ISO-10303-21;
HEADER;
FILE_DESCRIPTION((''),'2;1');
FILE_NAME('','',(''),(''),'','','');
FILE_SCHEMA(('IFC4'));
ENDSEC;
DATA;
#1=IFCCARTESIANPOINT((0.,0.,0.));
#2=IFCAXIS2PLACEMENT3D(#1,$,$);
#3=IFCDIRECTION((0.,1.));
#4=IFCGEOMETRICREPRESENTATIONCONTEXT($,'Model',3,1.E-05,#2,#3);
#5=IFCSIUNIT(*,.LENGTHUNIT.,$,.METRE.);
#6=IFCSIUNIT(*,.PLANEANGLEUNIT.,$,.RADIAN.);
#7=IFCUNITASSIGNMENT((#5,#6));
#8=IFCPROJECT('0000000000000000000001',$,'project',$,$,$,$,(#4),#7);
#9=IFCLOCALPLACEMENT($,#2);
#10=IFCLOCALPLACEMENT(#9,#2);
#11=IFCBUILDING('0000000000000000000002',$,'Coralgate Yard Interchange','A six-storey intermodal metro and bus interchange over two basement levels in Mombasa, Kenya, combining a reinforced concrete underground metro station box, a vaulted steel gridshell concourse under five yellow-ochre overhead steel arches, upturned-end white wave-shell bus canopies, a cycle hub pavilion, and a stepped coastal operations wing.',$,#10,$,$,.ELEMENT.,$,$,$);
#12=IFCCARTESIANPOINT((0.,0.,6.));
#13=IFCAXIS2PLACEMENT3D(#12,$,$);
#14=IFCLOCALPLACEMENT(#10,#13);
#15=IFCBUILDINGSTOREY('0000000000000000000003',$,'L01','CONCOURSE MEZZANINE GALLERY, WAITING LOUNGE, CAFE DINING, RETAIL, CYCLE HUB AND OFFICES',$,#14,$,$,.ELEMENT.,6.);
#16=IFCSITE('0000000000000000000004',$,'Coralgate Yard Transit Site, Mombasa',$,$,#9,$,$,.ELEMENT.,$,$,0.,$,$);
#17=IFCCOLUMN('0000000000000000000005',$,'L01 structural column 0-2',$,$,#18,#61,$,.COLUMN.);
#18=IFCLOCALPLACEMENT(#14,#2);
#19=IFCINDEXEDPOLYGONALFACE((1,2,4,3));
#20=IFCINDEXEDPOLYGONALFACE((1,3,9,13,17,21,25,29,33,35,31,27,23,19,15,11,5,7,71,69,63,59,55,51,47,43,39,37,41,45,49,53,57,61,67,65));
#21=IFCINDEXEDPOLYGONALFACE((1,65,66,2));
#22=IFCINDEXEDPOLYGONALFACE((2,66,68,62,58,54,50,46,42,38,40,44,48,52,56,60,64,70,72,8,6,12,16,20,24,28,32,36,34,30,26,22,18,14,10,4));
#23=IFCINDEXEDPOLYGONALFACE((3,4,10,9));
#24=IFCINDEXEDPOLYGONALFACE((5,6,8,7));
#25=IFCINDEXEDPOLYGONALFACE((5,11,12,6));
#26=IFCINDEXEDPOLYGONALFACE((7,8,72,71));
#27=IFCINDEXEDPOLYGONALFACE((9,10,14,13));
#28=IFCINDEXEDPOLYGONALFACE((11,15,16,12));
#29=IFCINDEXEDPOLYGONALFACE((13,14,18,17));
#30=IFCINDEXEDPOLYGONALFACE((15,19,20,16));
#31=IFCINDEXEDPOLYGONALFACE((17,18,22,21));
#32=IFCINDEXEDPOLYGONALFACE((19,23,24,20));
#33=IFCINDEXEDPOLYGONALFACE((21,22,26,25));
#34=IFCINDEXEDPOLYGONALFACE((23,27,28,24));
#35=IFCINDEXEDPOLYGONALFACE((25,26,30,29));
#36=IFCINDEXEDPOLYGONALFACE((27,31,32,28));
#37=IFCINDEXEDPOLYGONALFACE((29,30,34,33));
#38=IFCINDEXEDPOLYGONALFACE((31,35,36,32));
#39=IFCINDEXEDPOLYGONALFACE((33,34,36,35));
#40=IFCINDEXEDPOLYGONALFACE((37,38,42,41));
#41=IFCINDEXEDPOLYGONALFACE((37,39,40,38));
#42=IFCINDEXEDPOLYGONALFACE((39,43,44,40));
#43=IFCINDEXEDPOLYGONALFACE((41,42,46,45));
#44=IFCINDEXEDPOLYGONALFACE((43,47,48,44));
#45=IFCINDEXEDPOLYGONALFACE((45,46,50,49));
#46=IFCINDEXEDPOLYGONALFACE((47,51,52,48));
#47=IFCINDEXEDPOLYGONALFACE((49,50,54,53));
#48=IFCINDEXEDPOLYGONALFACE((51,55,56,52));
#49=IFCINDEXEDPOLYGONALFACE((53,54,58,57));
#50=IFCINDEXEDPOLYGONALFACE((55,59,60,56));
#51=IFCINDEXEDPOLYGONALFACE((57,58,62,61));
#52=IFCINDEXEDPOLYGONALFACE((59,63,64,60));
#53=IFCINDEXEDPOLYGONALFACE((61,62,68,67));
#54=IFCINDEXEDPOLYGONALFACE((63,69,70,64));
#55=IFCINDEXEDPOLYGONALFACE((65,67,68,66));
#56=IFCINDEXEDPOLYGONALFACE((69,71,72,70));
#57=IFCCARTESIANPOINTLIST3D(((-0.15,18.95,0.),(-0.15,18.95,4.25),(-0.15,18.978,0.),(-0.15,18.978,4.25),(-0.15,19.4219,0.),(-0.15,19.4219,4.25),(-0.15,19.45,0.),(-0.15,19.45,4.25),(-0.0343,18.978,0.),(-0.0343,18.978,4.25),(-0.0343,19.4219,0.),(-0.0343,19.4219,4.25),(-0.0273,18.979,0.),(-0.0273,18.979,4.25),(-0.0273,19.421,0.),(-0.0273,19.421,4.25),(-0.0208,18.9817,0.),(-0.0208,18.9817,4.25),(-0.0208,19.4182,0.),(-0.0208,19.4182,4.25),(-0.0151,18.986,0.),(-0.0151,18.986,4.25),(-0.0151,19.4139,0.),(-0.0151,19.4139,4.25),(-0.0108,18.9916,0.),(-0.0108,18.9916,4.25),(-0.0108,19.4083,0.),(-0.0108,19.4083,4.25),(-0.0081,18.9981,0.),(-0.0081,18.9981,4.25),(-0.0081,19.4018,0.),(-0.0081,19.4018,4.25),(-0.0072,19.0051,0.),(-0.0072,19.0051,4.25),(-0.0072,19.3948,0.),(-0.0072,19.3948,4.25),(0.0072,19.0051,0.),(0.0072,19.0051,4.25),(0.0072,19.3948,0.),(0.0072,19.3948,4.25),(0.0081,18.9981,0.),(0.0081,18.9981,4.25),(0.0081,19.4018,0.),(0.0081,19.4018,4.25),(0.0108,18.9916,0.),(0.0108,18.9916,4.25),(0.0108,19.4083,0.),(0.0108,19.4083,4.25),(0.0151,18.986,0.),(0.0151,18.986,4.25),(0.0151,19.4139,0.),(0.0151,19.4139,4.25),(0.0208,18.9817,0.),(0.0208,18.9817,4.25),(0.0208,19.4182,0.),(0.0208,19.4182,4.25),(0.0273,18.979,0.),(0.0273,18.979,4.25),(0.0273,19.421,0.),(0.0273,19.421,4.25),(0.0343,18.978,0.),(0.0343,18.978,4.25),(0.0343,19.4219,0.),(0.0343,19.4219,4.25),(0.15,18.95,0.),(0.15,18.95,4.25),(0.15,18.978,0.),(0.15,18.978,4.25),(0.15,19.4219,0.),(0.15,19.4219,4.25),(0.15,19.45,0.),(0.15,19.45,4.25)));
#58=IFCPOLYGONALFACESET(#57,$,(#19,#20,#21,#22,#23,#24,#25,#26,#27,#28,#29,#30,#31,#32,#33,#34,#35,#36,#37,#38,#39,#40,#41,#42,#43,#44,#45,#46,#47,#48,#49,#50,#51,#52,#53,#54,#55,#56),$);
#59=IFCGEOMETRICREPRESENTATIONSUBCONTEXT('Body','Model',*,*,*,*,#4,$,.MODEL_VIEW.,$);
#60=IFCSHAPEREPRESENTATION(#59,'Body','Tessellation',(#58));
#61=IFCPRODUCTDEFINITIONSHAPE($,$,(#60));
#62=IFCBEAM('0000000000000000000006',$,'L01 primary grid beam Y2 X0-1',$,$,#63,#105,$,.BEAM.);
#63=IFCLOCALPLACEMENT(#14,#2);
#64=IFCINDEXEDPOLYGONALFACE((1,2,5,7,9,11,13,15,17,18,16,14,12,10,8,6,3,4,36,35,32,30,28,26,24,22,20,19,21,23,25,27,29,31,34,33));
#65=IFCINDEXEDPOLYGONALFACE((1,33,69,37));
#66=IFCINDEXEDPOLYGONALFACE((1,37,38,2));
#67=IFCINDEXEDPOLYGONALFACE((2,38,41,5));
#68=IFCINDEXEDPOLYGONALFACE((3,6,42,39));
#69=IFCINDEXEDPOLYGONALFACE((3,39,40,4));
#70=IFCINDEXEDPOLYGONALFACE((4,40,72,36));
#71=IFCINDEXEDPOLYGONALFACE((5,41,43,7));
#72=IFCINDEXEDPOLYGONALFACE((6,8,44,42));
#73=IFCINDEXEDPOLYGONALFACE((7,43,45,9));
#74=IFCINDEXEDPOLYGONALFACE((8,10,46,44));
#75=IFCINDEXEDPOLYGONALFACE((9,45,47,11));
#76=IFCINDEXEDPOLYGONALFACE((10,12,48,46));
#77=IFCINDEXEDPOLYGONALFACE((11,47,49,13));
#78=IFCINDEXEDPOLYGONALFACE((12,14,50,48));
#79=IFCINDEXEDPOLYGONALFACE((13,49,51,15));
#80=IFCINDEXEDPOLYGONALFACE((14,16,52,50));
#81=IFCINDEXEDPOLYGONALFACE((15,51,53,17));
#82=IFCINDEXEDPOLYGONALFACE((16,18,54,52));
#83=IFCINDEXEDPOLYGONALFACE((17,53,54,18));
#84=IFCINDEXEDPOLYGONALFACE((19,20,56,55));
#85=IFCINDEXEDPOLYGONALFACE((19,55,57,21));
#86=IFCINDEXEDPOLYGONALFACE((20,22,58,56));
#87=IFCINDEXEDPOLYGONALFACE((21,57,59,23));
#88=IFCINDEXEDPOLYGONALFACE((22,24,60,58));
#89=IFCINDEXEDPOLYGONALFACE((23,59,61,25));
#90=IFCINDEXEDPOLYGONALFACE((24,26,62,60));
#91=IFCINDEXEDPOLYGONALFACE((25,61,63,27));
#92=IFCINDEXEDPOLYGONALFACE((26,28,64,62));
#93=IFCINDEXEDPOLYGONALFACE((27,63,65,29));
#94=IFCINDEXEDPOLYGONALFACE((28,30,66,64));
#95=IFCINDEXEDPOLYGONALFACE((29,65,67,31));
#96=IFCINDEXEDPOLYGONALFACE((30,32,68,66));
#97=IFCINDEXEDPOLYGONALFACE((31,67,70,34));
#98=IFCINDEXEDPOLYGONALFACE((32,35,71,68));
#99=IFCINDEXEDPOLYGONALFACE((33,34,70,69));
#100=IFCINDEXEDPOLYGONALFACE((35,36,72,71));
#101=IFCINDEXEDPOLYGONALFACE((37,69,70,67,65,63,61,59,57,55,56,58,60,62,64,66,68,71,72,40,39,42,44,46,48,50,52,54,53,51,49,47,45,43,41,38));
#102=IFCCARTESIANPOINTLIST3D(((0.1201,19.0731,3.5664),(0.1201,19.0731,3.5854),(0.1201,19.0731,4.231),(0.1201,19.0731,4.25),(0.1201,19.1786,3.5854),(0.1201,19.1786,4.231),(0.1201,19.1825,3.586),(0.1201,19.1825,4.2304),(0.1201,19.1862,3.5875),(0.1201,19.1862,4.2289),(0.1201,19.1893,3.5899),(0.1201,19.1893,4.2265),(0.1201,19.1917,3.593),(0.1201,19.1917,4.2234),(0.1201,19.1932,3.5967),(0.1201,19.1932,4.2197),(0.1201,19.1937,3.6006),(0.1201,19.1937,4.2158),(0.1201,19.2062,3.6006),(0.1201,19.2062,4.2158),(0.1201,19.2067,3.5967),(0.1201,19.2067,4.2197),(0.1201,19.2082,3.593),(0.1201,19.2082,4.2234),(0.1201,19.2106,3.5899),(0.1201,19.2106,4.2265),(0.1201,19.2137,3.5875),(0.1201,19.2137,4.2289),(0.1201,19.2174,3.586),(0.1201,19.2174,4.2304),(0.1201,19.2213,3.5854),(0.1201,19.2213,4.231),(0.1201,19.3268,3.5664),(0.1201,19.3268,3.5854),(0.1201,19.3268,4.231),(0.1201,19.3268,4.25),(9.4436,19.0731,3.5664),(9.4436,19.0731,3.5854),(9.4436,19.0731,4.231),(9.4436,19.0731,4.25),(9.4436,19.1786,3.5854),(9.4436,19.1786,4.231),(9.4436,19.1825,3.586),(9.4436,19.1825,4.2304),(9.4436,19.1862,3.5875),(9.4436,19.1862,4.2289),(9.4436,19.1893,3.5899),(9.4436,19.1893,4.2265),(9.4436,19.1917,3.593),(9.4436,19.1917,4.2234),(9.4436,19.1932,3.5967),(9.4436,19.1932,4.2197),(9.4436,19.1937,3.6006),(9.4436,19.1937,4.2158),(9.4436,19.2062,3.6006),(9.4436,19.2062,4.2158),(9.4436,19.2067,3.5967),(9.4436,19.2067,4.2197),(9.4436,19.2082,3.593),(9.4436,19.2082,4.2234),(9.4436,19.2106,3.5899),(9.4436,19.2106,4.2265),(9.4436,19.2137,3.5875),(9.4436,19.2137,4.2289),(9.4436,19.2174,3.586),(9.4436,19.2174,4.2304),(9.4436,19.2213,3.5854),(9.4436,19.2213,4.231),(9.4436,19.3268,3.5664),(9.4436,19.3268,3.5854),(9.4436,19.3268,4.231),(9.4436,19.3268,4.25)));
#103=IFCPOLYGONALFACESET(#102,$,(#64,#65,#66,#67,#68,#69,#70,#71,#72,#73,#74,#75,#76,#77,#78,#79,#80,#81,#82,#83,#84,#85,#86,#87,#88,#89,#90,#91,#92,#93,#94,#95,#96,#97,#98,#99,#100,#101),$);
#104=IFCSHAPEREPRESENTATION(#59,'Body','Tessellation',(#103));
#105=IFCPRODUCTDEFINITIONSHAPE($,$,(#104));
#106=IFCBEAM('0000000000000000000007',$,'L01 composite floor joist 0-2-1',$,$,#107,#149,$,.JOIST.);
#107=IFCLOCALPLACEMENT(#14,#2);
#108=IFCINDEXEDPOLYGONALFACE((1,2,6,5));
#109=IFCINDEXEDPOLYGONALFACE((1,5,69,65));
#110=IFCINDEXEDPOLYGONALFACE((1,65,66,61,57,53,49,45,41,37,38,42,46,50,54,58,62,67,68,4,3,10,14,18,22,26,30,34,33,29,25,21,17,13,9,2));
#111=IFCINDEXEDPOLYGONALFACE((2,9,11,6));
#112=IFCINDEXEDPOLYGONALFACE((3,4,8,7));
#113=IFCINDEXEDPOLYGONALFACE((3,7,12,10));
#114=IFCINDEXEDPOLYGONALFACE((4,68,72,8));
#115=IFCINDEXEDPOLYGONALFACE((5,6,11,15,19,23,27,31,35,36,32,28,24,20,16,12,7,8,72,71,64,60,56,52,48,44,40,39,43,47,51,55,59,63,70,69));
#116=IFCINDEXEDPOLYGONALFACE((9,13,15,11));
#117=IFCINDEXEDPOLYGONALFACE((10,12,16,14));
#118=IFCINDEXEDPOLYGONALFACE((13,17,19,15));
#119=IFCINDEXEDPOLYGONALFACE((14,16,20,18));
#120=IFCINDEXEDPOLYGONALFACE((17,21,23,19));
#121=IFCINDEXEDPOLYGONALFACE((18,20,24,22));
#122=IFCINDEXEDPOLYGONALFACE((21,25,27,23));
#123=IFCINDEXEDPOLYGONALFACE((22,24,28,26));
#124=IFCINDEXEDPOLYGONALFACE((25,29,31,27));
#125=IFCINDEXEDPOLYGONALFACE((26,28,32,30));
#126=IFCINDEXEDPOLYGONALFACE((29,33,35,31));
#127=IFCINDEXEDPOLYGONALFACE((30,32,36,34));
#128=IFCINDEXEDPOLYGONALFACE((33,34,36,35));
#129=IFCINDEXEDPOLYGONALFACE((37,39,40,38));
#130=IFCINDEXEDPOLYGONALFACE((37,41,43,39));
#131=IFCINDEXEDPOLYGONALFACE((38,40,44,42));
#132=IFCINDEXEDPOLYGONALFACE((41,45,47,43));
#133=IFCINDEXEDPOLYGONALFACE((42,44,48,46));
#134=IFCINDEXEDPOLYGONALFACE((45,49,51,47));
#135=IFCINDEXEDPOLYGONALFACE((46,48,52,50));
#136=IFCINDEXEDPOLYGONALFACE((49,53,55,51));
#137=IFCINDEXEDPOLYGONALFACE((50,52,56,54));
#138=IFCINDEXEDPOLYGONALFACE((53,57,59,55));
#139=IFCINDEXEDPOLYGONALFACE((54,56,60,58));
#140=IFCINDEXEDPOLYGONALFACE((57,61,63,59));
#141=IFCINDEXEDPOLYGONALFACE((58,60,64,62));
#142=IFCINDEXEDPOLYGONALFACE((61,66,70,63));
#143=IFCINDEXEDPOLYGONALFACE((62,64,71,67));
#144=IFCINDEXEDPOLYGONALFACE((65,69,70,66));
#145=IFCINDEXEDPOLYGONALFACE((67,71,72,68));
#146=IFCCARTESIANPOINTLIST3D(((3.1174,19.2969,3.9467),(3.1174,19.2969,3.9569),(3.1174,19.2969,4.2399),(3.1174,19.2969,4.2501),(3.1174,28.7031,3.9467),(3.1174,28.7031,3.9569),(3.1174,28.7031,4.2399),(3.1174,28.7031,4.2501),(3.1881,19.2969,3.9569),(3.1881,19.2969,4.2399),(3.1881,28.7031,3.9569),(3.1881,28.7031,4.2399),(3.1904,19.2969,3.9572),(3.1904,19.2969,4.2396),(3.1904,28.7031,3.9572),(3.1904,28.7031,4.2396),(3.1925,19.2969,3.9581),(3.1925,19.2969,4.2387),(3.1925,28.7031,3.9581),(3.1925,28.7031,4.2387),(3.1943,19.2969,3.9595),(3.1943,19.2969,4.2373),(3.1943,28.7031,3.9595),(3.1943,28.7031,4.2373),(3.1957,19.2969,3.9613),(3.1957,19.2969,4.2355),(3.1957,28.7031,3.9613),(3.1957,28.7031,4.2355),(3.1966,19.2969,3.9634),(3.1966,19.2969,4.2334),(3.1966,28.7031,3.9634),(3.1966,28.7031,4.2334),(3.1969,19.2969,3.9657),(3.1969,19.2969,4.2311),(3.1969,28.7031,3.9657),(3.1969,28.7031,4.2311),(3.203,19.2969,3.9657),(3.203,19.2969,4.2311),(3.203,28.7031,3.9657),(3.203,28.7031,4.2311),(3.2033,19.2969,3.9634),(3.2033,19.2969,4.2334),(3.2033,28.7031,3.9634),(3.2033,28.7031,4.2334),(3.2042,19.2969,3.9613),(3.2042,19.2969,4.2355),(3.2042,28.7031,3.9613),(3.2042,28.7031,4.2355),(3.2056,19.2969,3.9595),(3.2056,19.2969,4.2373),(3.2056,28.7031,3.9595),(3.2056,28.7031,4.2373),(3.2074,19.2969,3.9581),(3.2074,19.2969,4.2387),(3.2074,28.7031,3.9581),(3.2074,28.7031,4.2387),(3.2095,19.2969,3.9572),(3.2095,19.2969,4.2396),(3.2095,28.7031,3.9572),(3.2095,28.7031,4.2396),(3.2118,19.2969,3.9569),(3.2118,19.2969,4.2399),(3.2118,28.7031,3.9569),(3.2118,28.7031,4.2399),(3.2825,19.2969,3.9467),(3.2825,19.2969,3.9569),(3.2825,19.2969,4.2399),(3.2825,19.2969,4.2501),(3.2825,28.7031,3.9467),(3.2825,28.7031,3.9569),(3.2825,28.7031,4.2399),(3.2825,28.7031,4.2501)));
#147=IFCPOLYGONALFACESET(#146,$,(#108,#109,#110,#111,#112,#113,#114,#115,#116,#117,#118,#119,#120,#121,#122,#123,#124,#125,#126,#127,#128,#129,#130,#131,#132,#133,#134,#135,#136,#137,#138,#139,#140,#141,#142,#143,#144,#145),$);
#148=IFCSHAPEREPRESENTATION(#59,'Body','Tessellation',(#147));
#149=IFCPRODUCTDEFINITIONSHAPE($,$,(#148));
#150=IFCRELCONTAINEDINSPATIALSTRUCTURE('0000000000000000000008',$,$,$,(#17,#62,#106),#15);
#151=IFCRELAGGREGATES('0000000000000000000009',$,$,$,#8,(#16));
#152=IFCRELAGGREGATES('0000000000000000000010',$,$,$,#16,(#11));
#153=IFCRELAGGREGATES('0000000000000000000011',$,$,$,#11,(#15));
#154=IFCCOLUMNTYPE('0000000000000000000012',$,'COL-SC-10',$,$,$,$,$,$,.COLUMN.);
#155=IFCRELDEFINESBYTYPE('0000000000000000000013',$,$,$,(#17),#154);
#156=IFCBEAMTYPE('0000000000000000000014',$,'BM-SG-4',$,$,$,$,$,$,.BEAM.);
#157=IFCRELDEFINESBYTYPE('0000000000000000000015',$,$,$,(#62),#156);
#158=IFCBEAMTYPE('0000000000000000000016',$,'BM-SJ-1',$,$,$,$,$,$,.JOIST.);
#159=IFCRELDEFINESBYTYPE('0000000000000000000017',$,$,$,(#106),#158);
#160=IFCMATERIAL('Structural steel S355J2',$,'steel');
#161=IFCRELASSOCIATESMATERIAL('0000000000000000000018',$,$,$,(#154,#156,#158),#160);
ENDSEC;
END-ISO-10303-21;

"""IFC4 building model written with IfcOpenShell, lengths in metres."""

from ifc_helpers import new_model, si_unit, direction, frame, origin, origin_2d, place, context, subcontext, project, spatial, i_section, extrude, material, material_profile, profile_set, type_object, element, save


model = new_model("IFC4")

# Units and contexts
model_context = context("Model", 3, precision=1e-05, world=origin(), true_north=direction((0.0, 1.0)))
body_context = subcontext(model_context, "Body", "Model", "MODEL_VIEW")
ifc_project = project(units=[si_unit("LENGTHUNIT", "METRE"), si_unit("PLANEANGLEUNIT", "RADIAN")], contexts=[model_context])

# Site, building, storey
site_placement = place(None, origin())
site = spatial("IfcSite", under=ifc_project, at=site_placement, Name="Coralgate Yard Transit Site, Mombasa", CompositionType="ELEMENT", RefElevation=0.0)
building_placement = place(site_placement, origin())
building = spatial("IfcBuilding", under=site, at=building_placement, Name="Coralgate Yard Interchange", Description="A six-storey intermodal metro and bus interchange over two basement levels in Mombasa, Kenya, combining a reinforced concrete underground metro station box, a vaulted steel gridshell concourse under five yellow-ochre overhead steel arches, upturned-end white wave-shell bus canopies, a cycle hub pavilion, and a stepped coastal operations wing.", CompositionType="ELEMENT")
storey_placement = place(building_placement, frame((0.0, 0.0, 6.0)))
storey = spatial("IfcBuildingStorey", under=building, at=storey_placement, Name="L01", Description="CONCOURSE MEZZANINE GALLERY, WAITING LOUNGE, CAFE DINING, RETAIL, CYCLE HUB AND OFFICES", CompositionType="ELEMENT", Elevation=6.0)

# Column
ifc_material_1 = material(Name="Structural steel S355J2", Category="steel")
ifc_material_profile_1 = material_profile(ifc_material_1, i_section(OverallWidth=0.3, OverallDepth=0.5, WebThickness=0.0144, FlangeThickness=0.0281, FilletRadius=0.0271, at=origin_2d()), Name="HEB 500")
ifc_profile_set_1 = profile_set([ifc_material_profile_1], Name="Structural steel S355J2")
column_type = type_object("IfcColumnType", Name="COL-SC-10", PredefinedType="COLUMN", material=ifc_profile_set_1)
column_placement = place(storey_placement, frame((0.0, 19.2, 0.0), z_axis=(0.0, 0.0, 1.0), x_axis=(1.0, 0.0, 0.0)))
element("IfcColumn", 1, at=column_placement, inside=storey, type_object=column_type, Name="L01 structural column 0-2", PredefinedType="COLUMN", context=body_context, shape_type="SweptSolid", body=[
    extrude(i_section(OverallWidth=0.3, OverallDepth=0.5, WebThickness=0.0144, FlangeThickness=0.0281, FilletRadius=0.0271, at=origin_2d()), origin(), (0.0, 0.0, 1.0), 4.25),
])

# Beams
ifc_material_profile_2 = material_profile(ifc_material_1, i_section(OverallWidth=0.2537, OverallDepth=0.6836, WebThickness=0.0125, FlangeThickness=0.019, FilletRadius=0.0151, at=origin_2d()), Name="UB 686x254x140")
ifc_profile_set_2 = profile_set([ifc_material_profile_2], Name="Structural steel S355J2")
beam_type_1 = type_object("IfcBeamType", Name="BM-SG-4", PredefinedType="BEAM", material=ifc_profile_set_2)
beam_1_placement = place(storey_placement, frame((0.1201, 19.2, 3.9082), z_axis=(1.0, 0.0, 0.0), x_axis=(0.0, 1.0, 0.0)))
element("IfcBeam", 2, at=beam_1_placement, inside=storey, type_object=beam_type_1, Name="L01 primary grid beam Y2 X0-1", PredefinedType="BEAM", context=body_context, shape_type="SweptSolid", body=[
    extrude(i_section(OverallWidth=0.2537, OverallDepth=0.6836, WebThickness=0.0125, FlangeThickness=0.019, FilletRadius=0.0151, at=origin_2d()), origin(), (0.0, 0.0, 1.0), 9.3235),
])
ifc_material_profile_3 = material_profile(ifc_material_1, i_section(OverallWidth=0.165, OverallDepth=0.3035, WebThickness=0.0061, FlangeThickness=0.0103, FilletRadius=0.0088, at=origin_2d()), Name="UB 305x165x40")
ifc_profile_set_3 = profile_set([ifc_material_profile_3], Name="Structural steel S355J2")
beam_type_2 = type_object("IfcBeamType", Name="BM-SJ-1", PredefinedType="JOIST", material=ifc_profile_set_3)
beam_2_placement = place(storey_placement, frame((3.2, 19.2969, 4.0984), z_axis=(0.0, 1.0, 0.0), x_axis=(-1.0, 0.0, 0.0)))
element("IfcBeam", 3, at=beam_2_placement, inside=storey, type_object=beam_type_2, Name="L01 composite floor joist 0-2-1", PredefinedType="JOIST", context=body_context, shape_type="SweptSolid", body=[
    extrude(i_section(OverallWidth=0.165, OverallDepth=0.3035, WebThickness=0.0061, FlangeThickness=0.0103, FilletRadius=0.0088, at=origin_2d()), origin(), (0.0, 0.0, 1.0), 9.4062),
])

save(model, "model.ifc")
